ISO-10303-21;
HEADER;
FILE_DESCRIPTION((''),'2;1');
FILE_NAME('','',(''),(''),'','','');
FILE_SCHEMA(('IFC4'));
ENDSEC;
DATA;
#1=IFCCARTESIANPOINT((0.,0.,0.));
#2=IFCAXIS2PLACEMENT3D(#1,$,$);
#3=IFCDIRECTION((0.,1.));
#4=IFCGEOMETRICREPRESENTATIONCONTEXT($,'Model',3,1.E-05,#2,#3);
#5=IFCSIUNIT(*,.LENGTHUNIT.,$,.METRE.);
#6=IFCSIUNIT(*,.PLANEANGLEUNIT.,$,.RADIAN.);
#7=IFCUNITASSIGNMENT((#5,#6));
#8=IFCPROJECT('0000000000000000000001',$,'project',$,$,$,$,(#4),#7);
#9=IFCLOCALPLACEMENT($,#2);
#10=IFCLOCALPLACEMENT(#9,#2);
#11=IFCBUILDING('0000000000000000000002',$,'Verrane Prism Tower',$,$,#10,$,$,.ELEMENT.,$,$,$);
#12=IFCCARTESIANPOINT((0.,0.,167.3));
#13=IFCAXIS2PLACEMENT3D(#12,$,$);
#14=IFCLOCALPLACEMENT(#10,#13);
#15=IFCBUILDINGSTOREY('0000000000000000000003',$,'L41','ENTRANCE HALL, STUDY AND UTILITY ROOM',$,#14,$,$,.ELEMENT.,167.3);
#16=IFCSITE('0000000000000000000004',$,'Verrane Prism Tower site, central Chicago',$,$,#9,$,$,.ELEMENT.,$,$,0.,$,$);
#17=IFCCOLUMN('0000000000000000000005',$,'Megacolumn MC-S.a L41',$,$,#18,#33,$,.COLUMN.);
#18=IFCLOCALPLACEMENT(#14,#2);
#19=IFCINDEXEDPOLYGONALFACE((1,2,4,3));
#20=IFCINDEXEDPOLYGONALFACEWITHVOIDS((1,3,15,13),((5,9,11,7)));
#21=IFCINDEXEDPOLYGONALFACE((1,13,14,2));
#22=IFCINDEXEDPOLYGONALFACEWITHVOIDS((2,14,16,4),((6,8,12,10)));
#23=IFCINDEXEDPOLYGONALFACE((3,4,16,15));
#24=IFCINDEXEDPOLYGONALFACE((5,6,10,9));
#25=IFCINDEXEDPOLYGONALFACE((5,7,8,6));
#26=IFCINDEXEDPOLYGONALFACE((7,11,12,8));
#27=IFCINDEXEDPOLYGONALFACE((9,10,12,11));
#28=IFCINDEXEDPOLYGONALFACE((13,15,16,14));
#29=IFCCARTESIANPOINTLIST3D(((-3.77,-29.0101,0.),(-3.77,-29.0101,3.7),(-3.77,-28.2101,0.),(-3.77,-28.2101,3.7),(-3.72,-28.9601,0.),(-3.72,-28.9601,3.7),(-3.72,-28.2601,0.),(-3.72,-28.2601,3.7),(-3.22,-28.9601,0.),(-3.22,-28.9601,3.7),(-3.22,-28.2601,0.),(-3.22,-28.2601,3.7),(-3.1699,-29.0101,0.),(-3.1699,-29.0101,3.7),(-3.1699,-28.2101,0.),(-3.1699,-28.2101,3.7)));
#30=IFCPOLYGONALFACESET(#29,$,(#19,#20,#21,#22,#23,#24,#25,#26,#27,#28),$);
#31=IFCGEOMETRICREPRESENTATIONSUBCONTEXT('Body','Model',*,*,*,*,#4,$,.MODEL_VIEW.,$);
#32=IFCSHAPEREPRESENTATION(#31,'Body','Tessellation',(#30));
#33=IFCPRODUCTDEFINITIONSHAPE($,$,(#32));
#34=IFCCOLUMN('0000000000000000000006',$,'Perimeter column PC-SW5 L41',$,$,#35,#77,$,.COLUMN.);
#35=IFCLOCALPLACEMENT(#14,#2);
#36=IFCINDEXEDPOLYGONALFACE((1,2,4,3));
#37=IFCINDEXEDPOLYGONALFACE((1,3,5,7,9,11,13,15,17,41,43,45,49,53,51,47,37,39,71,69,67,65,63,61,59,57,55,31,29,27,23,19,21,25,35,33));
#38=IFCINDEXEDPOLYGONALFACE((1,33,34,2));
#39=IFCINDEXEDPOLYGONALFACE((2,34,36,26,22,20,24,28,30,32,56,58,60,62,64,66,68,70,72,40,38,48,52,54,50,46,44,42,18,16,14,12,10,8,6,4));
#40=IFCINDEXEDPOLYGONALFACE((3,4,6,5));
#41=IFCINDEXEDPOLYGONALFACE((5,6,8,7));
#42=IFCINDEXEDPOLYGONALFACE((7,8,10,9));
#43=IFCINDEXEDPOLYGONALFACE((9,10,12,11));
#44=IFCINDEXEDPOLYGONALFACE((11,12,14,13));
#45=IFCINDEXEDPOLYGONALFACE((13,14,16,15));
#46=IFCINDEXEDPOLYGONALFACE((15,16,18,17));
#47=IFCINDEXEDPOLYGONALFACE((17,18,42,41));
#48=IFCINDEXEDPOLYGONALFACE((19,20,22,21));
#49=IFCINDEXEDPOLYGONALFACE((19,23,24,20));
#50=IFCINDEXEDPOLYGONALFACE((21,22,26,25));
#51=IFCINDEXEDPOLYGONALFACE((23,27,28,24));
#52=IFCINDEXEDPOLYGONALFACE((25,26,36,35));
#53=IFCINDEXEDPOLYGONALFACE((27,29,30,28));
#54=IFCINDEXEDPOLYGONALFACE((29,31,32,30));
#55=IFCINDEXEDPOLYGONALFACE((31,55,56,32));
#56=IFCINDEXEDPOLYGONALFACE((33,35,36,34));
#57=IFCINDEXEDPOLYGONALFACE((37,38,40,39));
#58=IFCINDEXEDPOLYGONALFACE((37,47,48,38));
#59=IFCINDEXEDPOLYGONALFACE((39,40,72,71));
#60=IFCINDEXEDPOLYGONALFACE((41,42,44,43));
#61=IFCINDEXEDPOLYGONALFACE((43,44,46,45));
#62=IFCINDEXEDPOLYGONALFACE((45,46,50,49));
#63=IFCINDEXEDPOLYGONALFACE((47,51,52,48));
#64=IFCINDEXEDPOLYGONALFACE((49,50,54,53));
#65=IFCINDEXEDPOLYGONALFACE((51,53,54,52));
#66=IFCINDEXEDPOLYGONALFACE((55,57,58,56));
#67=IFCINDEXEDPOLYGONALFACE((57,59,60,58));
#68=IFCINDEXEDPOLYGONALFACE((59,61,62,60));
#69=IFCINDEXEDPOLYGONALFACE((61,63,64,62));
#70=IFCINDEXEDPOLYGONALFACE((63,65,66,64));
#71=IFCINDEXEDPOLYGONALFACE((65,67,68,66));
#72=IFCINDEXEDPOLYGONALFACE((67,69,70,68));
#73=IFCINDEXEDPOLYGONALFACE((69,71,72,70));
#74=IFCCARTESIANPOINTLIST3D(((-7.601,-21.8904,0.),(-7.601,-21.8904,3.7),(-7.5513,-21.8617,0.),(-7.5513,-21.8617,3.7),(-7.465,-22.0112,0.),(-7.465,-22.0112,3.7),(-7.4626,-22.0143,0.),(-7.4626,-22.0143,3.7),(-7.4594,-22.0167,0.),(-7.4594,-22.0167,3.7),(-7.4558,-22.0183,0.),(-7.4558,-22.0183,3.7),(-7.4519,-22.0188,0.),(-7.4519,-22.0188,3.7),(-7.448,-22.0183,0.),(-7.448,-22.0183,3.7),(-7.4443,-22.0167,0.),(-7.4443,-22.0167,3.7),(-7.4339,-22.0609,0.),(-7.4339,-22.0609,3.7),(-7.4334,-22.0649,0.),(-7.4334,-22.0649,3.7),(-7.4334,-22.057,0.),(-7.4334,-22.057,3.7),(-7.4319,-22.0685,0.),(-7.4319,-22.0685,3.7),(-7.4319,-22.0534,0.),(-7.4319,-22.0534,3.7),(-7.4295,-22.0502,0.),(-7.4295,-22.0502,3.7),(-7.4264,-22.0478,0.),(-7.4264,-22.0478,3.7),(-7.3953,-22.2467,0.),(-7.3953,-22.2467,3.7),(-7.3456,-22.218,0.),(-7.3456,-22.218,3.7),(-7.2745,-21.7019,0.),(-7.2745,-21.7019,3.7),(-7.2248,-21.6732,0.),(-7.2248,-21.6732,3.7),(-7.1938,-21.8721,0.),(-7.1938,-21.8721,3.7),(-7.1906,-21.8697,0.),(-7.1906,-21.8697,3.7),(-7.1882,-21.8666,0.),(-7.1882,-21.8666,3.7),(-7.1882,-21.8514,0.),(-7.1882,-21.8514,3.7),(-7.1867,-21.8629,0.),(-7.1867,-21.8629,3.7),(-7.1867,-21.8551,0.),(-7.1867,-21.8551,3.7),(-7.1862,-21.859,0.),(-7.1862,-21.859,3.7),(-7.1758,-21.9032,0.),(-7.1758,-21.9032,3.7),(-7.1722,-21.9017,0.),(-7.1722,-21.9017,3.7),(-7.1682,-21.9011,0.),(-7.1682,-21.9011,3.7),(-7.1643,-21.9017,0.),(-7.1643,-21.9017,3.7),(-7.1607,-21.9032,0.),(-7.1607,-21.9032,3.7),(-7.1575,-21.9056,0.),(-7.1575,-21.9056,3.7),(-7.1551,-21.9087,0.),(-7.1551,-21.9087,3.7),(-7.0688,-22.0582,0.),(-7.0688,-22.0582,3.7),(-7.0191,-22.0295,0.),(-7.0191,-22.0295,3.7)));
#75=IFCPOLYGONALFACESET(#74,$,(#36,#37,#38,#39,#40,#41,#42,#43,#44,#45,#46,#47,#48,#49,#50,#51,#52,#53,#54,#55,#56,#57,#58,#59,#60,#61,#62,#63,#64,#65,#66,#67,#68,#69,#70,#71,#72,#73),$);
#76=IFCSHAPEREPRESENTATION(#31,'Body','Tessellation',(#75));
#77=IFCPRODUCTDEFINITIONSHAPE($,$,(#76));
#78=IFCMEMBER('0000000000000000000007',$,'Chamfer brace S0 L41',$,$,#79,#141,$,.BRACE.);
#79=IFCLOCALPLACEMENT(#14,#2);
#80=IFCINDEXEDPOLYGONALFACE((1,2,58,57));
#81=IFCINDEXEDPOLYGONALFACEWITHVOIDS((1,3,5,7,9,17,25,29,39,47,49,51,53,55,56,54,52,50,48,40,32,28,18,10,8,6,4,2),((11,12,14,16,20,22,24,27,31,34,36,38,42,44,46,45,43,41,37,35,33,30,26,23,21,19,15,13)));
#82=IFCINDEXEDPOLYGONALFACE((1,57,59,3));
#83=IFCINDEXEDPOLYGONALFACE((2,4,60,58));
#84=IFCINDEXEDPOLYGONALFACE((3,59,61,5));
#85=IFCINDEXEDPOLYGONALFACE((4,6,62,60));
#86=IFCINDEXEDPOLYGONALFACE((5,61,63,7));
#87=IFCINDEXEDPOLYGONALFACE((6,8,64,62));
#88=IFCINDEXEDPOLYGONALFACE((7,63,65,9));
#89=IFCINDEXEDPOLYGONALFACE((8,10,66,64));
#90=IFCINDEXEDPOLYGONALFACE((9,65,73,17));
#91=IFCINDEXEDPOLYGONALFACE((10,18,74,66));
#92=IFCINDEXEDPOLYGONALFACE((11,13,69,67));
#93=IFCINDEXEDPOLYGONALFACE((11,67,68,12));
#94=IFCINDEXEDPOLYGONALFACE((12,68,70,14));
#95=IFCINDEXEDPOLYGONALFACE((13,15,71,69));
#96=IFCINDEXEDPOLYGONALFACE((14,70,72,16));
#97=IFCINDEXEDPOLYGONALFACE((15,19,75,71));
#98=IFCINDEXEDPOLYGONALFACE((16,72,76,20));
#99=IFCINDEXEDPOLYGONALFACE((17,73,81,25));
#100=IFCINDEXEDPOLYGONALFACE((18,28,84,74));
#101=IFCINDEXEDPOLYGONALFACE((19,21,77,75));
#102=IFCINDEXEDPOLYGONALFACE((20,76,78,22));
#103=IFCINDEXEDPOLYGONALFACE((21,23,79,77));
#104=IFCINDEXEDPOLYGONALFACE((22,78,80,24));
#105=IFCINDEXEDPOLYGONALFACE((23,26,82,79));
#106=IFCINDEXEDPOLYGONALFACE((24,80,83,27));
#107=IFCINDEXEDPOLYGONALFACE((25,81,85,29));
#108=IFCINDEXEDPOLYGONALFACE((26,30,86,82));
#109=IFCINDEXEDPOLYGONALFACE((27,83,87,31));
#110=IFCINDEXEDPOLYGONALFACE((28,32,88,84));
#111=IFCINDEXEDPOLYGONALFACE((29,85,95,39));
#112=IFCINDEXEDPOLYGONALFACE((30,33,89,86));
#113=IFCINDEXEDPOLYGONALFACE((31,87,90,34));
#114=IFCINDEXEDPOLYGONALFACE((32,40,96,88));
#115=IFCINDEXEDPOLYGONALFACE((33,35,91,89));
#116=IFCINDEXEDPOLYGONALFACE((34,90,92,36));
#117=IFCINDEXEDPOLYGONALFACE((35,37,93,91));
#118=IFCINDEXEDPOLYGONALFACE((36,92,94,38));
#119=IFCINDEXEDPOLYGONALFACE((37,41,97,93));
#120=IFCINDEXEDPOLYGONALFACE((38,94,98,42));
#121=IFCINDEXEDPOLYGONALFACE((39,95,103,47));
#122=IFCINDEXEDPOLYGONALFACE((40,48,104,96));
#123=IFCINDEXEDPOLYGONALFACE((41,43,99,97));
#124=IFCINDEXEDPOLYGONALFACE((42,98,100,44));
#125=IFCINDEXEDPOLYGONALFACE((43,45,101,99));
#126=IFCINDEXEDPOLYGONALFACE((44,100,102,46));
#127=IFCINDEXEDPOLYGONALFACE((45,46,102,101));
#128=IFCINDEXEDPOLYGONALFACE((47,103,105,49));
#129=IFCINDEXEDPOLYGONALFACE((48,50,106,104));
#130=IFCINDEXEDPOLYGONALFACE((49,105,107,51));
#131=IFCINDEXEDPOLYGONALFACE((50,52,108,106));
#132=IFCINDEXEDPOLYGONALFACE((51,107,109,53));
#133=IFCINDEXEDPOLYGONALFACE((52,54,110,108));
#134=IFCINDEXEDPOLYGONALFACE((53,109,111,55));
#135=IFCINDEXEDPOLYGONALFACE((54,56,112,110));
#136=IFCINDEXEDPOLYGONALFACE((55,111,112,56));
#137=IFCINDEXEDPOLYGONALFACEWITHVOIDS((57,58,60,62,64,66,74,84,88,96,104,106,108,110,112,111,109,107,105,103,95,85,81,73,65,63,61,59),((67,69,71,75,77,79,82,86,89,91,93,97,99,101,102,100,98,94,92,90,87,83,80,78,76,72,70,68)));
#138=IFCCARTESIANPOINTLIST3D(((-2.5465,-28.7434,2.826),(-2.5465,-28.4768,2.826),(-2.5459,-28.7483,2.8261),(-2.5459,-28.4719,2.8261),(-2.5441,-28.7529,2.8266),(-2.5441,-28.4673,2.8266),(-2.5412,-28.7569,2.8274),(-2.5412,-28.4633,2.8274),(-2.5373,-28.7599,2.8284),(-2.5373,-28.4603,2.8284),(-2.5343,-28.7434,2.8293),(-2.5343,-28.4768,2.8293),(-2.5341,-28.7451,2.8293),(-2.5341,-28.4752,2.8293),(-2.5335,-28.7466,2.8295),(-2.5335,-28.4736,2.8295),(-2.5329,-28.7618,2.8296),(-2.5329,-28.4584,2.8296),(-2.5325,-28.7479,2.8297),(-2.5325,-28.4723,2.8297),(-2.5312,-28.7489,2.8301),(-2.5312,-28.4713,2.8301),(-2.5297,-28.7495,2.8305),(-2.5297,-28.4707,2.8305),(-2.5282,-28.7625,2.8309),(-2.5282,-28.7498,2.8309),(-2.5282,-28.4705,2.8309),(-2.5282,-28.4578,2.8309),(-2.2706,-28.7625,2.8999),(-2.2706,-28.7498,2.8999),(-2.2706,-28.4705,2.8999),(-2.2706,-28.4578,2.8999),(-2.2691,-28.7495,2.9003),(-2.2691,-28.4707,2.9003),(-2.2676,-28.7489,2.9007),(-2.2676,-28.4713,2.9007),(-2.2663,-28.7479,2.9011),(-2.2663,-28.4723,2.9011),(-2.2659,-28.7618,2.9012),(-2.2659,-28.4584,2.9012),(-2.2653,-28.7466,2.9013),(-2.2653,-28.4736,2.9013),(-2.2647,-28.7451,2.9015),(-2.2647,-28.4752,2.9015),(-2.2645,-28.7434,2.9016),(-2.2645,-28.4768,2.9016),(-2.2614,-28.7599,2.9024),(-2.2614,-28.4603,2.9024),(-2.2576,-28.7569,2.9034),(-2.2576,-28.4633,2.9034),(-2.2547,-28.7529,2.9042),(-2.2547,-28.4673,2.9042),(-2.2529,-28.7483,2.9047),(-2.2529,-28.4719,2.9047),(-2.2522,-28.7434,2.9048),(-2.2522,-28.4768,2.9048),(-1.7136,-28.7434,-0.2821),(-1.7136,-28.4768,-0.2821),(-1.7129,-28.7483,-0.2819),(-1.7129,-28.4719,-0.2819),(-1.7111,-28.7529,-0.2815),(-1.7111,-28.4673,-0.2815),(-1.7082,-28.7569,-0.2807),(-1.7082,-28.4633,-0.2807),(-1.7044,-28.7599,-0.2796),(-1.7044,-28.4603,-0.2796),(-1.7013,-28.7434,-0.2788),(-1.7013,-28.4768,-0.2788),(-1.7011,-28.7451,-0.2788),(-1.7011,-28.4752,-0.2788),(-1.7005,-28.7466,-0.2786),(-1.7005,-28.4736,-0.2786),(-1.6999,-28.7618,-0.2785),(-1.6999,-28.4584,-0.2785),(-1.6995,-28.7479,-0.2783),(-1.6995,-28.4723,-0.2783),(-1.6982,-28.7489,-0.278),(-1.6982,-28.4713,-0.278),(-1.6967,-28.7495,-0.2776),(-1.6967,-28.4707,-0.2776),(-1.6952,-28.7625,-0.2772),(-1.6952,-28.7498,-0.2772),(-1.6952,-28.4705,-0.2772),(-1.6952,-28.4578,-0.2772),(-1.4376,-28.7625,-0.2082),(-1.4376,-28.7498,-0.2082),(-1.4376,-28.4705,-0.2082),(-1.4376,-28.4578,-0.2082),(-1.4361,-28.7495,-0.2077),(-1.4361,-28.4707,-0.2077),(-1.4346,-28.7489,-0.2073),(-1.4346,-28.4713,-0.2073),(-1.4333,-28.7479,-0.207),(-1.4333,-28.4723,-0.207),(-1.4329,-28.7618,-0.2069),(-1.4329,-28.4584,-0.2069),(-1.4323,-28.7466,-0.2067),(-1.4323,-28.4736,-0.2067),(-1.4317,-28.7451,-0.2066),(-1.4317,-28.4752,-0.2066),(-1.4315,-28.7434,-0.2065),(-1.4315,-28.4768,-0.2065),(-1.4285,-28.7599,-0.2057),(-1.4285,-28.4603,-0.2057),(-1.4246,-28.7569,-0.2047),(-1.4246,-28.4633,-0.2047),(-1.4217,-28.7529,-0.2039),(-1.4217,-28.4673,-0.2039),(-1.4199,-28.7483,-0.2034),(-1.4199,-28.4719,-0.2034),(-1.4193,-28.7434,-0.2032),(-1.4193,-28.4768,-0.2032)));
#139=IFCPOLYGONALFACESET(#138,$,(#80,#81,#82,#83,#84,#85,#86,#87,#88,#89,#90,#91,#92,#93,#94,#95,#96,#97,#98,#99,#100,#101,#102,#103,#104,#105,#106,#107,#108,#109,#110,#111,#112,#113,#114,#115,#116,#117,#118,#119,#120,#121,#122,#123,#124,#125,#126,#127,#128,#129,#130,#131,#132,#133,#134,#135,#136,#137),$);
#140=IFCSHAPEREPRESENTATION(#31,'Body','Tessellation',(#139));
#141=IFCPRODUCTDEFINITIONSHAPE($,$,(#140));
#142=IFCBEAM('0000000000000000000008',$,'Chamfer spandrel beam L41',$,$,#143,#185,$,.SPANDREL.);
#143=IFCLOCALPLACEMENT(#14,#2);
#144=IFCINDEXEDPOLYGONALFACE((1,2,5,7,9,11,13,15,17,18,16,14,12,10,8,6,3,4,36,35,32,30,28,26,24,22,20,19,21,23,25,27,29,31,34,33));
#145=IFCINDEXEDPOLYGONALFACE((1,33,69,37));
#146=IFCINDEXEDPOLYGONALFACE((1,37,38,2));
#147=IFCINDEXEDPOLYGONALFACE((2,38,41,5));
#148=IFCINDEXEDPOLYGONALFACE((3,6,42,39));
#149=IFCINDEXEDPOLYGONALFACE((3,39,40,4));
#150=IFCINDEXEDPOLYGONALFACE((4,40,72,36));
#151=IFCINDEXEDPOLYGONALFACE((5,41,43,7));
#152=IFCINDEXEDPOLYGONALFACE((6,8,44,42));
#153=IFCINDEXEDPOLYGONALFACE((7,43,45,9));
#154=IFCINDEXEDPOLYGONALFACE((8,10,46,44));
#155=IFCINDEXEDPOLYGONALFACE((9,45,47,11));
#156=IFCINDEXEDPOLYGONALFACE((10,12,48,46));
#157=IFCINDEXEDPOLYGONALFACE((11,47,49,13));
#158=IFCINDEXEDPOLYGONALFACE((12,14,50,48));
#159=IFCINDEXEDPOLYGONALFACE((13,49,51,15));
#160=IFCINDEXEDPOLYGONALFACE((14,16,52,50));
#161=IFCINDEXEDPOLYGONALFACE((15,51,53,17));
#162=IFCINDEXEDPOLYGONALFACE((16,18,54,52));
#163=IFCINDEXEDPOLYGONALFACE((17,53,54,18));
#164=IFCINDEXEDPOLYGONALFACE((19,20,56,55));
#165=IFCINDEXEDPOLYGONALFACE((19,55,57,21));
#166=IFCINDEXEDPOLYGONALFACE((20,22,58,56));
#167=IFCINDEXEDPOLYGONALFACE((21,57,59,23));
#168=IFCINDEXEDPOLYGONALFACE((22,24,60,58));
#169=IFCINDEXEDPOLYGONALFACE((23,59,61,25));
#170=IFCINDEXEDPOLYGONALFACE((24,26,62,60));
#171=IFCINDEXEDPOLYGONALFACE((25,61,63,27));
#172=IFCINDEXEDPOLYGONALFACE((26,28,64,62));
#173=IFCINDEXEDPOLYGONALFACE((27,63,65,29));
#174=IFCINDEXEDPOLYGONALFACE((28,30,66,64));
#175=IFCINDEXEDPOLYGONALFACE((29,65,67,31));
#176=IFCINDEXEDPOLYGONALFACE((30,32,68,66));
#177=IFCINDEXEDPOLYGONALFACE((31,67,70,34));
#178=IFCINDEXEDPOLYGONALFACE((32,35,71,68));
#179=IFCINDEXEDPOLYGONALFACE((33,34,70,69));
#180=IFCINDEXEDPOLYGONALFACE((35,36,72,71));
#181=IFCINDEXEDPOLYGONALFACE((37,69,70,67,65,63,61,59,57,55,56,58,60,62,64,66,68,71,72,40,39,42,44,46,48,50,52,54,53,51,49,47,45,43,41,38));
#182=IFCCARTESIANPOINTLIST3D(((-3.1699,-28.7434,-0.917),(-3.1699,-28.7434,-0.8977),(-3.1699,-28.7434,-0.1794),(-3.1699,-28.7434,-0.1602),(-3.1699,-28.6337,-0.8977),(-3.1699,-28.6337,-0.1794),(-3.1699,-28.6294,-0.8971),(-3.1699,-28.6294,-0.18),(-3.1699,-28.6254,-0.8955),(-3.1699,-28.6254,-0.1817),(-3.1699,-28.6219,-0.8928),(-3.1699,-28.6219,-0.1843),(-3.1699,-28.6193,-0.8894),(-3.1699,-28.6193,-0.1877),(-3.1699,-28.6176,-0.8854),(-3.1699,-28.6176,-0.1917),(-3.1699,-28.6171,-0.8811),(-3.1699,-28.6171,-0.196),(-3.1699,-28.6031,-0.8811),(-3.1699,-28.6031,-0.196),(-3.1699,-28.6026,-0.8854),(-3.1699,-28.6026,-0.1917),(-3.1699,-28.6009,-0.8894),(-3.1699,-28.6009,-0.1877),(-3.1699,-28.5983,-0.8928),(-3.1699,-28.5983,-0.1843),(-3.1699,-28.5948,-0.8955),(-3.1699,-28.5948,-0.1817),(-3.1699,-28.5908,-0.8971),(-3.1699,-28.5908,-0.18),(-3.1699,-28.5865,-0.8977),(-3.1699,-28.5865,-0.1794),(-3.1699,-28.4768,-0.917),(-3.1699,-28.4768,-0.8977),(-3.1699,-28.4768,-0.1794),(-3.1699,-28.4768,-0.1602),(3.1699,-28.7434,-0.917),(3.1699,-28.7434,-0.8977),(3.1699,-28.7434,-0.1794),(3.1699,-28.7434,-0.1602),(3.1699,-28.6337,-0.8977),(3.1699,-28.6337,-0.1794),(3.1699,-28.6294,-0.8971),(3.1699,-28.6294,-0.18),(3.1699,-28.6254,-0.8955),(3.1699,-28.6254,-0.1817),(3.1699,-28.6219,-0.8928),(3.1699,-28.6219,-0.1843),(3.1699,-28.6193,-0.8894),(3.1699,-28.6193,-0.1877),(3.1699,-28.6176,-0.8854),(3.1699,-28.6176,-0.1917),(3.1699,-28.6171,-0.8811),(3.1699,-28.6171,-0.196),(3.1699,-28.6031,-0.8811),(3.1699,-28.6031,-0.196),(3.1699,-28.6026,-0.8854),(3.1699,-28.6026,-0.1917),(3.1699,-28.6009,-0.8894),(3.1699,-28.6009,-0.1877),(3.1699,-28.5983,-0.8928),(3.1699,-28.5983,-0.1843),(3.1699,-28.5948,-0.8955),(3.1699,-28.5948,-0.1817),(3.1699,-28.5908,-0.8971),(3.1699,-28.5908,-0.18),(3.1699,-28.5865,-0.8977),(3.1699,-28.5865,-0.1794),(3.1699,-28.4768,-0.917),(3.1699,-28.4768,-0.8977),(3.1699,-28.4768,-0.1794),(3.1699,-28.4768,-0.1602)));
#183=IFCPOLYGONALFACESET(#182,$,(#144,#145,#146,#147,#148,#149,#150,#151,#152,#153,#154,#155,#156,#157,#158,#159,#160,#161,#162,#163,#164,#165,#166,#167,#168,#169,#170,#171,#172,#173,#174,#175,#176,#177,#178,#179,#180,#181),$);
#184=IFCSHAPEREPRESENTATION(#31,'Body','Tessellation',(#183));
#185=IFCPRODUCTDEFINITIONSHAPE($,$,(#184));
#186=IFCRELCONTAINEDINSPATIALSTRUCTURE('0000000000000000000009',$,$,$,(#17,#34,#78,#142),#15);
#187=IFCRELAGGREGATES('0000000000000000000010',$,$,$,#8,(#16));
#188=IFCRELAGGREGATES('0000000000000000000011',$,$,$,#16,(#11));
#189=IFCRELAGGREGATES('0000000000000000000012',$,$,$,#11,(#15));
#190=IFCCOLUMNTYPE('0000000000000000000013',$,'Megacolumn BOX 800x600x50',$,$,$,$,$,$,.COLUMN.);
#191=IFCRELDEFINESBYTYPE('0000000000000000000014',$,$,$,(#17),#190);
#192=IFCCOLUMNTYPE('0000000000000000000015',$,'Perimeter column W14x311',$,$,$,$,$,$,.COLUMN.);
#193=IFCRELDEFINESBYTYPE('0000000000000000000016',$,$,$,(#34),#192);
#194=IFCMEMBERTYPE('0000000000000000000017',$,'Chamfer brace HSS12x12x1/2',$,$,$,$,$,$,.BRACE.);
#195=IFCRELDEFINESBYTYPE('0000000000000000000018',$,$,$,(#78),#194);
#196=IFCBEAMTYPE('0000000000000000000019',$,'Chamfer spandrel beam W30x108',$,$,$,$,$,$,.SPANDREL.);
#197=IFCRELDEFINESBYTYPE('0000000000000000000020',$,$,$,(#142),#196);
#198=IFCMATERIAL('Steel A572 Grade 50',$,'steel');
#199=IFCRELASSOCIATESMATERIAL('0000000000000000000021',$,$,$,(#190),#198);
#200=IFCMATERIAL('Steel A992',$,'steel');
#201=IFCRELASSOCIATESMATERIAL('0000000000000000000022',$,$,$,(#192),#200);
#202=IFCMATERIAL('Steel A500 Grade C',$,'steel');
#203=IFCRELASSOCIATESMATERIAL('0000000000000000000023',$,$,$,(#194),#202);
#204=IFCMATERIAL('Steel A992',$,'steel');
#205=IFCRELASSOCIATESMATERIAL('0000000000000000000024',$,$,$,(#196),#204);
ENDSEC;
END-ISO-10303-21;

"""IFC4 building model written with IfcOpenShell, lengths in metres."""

from ifc_helpers import new_model, si_unit, direction, frame, origin, origin_2d, place, context, subcontext, project, spatial, hollow_rectangle, i_section, extrude, material, material_profile, profile_set, type_object, element, save


model = new_model("IFC4")

# Units and contexts
model_context = context("Model", 3, precision=1e-05, world=origin(), true_north=direction((0.0, 1.0)))
body_context = subcontext(model_context, "Body", "Model", "MODEL_VIEW")
ifc_project = project(units=[si_unit("LENGTHUNIT", "METRE"), si_unit("PLANEANGLEUNIT", "RADIAN")], contexts=[model_context])

# Site, building, storey
site_placement = place(None, origin())
site = spatial("IfcSite", under=ifc_project, at=site_placement, Name="Verrane Prism Tower site, central Chicago", CompositionType="ELEMENT", RefElevation=0.0)
building_placement = place(site_placement, origin())
building = spatial("IfcBuilding", under=site, at=building_placement, Name="Verrane Prism Tower", CompositionType="ELEMENT")
storey_placement = place(building_placement, frame((0.0, 0.0, 167.3)))
storey = spatial("IfcBuildingStorey", under=building, at=storey_placement, Name="L41", Description="ENTRANCE HALL, STUDY AND UTILITY ROOM", CompositionType="ELEMENT", Elevation=167.3)

# Columns
ifc_material_1 = material(Name="Steel A572 Grade 50", Category="steel")
ifc_material_profile_1 = material_profile(ifc_material_1, hollow_rectangle(XDim=0.6001, YDim=0.8, WallThickness=0.05, at=origin_2d()), Name="BOX 800x600x50")
ifc_profile_set_1 = profile_set([ifc_material_profile_1], Name="Steel A572 Grade 50")
column_type_1 = type_object("IfcColumnType", Name="Megacolumn BOX 800x600x50", PredefinedType="COLUMN", material=ifc_profile_set_1)
column_1_placement = place(storey_placement, frame((-3.47, -28.6101, 0.0), z_axis=(0.0, 0.0, 1.0), x_axis=(-1.0, 0.0, 0.0)))
element("IfcColumn", 1, at=column_1_placement, inside=storey, type_object=column_type_1, Name="Megacolumn MC-S.a L41", PredefinedType="COLUMN", context=body_context, shape_type="SweptSolid", body=[
    extrude(hollow_rectangle(XDim=0.6001, YDim=0.8, WallThickness=0.05, at=origin_2d()), origin(), (0.0, 0.0, 1.0), 3.7),
])
ifc_material_2 = material(Name="Steel A992", Category="steel")
ifc_material_profile_2 = material_profile(ifc_material_2, i_section(OverallWidth=0.4114, OverallDepth=0.4343, WebThickness=0.0359, FlangeThickness=0.0574, FilletRadius=0.0151, at=origin_2d()), Name="W14x311")
ifc_profile_set_2 = profile_set([ifc_material_profile_2], Name="Steel A992")
column_type_2 = type_object("IfcColumnType", Name="Perimeter column W14x311", PredefinedType="COLUMN", material=ifc_profile_set_2)
column_2_placement = place(storey_placement, frame((-7.3101, -21.96, 0.0), z_axis=(0.0, 0.0, 1.0), x_axis=(-0.5, 0.866025, 0.0)))
element("IfcColumn", 2, at=column_2_placement, inside=storey, type_object=column_type_2, Name="Perimeter column PC-SW5 L41", PredefinedType="COLUMN", context=body_context, shape_type="SweptSolid", body=[
    extrude(i_section(OverallWidth=0.4114, OverallDepth=0.4343, WebThickness=0.0359, FlangeThickness=0.0574, FilletRadius=0.0151, at=origin_2d()), origin(), (0.0, 0.0, 1.0), 3.7),
])

# Member
ifc_material_3 = material(Name="Steel A500 Grade C", Category="steel")
ifc_material_profile_3 = material_profile(ifc_material_3, hollow_rectangle(XDim=0.3047, YDim=0.3047, WallThickness=0.0127, InnerFilletRadius=0.0063, OuterFilletRadius=0.019, at=origin_2d()), Name="HSS12x12x1/2")
ifc_profile_set_3 = profile_set([ifc_material_profile_3], Name="Steel A500 Grade C")
member_type_1 = type_object("IfcMemberType", Name="Chamfer brace HSS12x12x1/2", PredefinedType="BRACE", material=ifc_profile_set_3)
member_1_placement = place(storey_placement, frame((-1.5664, -28.6101, -0.2427), z_axis=(-0.258871, 0.0, 0.965912), x_axis=(0.0, -1.0, 0.0)))
element("IfcMember", 3, at=member_1_placement, inside=storey, type_object=member_type_1, Name="Chamfer brace S0 L41", PredefinedType="BRACE", context=body_context, shape_type="SweptSolid", body=[
    extrude(hollow_rectangle(XDim=0.3047, YDim=0.3047, WallThickness=0.0127, InnerFilletRadius=0.0063, OuterFilletRadius=0.019, at=origin_2d()), origin(), (0.0, 0.0, 1.0), 3.2178),
])

# Beam
ifc_material_4 = material(Name="Steel A992", Category="steel")
ifc_material_profile_4 = material_profile(ifc_material_4, i_section(OverallWidth=0.2666, OverallDepth=0.7568, WebThickness=0.0139, FlangeThickness=0.0193, FilletRadius=0.0166, at=origin_2d()), Name="W30x108")
ifc_profile_set_4 = profile_set([ifc_material_profile_4], Name="Steel A992")
beam_type_1 = type_object("IfcBeamType", Name="Chamfer spandrel beam W30x108", PredefinedType="SPANDREL", material=ifc_profile_set_4)
beam_1_placement = place(storey_placement, frame((-3.1699, -28.6101, -0.5386), z_axis=(1.0, 0.0, 0.0), x_axis=(0.0, 1.0, 0.0)))
element("IfcBeam", 4, at=beam_1_placement, inside=storey, type_object=beam_type_1, Name="Chamfer spandrel beam L41", PredefinedType="SPANDREL", context=body_context, shape_type="SweptSolid", body=[
    extrude(i_section(OverallWidth=0.2666, OverallDepth=0.7568, WebThickness=0.0139, FlangeThickness=0.0193, FilletRadius=0.0166, at=origin_2d()), origin(), (0.0, 0.0, 1.0), 6.3398),
])

save(model, "model.ifc")
